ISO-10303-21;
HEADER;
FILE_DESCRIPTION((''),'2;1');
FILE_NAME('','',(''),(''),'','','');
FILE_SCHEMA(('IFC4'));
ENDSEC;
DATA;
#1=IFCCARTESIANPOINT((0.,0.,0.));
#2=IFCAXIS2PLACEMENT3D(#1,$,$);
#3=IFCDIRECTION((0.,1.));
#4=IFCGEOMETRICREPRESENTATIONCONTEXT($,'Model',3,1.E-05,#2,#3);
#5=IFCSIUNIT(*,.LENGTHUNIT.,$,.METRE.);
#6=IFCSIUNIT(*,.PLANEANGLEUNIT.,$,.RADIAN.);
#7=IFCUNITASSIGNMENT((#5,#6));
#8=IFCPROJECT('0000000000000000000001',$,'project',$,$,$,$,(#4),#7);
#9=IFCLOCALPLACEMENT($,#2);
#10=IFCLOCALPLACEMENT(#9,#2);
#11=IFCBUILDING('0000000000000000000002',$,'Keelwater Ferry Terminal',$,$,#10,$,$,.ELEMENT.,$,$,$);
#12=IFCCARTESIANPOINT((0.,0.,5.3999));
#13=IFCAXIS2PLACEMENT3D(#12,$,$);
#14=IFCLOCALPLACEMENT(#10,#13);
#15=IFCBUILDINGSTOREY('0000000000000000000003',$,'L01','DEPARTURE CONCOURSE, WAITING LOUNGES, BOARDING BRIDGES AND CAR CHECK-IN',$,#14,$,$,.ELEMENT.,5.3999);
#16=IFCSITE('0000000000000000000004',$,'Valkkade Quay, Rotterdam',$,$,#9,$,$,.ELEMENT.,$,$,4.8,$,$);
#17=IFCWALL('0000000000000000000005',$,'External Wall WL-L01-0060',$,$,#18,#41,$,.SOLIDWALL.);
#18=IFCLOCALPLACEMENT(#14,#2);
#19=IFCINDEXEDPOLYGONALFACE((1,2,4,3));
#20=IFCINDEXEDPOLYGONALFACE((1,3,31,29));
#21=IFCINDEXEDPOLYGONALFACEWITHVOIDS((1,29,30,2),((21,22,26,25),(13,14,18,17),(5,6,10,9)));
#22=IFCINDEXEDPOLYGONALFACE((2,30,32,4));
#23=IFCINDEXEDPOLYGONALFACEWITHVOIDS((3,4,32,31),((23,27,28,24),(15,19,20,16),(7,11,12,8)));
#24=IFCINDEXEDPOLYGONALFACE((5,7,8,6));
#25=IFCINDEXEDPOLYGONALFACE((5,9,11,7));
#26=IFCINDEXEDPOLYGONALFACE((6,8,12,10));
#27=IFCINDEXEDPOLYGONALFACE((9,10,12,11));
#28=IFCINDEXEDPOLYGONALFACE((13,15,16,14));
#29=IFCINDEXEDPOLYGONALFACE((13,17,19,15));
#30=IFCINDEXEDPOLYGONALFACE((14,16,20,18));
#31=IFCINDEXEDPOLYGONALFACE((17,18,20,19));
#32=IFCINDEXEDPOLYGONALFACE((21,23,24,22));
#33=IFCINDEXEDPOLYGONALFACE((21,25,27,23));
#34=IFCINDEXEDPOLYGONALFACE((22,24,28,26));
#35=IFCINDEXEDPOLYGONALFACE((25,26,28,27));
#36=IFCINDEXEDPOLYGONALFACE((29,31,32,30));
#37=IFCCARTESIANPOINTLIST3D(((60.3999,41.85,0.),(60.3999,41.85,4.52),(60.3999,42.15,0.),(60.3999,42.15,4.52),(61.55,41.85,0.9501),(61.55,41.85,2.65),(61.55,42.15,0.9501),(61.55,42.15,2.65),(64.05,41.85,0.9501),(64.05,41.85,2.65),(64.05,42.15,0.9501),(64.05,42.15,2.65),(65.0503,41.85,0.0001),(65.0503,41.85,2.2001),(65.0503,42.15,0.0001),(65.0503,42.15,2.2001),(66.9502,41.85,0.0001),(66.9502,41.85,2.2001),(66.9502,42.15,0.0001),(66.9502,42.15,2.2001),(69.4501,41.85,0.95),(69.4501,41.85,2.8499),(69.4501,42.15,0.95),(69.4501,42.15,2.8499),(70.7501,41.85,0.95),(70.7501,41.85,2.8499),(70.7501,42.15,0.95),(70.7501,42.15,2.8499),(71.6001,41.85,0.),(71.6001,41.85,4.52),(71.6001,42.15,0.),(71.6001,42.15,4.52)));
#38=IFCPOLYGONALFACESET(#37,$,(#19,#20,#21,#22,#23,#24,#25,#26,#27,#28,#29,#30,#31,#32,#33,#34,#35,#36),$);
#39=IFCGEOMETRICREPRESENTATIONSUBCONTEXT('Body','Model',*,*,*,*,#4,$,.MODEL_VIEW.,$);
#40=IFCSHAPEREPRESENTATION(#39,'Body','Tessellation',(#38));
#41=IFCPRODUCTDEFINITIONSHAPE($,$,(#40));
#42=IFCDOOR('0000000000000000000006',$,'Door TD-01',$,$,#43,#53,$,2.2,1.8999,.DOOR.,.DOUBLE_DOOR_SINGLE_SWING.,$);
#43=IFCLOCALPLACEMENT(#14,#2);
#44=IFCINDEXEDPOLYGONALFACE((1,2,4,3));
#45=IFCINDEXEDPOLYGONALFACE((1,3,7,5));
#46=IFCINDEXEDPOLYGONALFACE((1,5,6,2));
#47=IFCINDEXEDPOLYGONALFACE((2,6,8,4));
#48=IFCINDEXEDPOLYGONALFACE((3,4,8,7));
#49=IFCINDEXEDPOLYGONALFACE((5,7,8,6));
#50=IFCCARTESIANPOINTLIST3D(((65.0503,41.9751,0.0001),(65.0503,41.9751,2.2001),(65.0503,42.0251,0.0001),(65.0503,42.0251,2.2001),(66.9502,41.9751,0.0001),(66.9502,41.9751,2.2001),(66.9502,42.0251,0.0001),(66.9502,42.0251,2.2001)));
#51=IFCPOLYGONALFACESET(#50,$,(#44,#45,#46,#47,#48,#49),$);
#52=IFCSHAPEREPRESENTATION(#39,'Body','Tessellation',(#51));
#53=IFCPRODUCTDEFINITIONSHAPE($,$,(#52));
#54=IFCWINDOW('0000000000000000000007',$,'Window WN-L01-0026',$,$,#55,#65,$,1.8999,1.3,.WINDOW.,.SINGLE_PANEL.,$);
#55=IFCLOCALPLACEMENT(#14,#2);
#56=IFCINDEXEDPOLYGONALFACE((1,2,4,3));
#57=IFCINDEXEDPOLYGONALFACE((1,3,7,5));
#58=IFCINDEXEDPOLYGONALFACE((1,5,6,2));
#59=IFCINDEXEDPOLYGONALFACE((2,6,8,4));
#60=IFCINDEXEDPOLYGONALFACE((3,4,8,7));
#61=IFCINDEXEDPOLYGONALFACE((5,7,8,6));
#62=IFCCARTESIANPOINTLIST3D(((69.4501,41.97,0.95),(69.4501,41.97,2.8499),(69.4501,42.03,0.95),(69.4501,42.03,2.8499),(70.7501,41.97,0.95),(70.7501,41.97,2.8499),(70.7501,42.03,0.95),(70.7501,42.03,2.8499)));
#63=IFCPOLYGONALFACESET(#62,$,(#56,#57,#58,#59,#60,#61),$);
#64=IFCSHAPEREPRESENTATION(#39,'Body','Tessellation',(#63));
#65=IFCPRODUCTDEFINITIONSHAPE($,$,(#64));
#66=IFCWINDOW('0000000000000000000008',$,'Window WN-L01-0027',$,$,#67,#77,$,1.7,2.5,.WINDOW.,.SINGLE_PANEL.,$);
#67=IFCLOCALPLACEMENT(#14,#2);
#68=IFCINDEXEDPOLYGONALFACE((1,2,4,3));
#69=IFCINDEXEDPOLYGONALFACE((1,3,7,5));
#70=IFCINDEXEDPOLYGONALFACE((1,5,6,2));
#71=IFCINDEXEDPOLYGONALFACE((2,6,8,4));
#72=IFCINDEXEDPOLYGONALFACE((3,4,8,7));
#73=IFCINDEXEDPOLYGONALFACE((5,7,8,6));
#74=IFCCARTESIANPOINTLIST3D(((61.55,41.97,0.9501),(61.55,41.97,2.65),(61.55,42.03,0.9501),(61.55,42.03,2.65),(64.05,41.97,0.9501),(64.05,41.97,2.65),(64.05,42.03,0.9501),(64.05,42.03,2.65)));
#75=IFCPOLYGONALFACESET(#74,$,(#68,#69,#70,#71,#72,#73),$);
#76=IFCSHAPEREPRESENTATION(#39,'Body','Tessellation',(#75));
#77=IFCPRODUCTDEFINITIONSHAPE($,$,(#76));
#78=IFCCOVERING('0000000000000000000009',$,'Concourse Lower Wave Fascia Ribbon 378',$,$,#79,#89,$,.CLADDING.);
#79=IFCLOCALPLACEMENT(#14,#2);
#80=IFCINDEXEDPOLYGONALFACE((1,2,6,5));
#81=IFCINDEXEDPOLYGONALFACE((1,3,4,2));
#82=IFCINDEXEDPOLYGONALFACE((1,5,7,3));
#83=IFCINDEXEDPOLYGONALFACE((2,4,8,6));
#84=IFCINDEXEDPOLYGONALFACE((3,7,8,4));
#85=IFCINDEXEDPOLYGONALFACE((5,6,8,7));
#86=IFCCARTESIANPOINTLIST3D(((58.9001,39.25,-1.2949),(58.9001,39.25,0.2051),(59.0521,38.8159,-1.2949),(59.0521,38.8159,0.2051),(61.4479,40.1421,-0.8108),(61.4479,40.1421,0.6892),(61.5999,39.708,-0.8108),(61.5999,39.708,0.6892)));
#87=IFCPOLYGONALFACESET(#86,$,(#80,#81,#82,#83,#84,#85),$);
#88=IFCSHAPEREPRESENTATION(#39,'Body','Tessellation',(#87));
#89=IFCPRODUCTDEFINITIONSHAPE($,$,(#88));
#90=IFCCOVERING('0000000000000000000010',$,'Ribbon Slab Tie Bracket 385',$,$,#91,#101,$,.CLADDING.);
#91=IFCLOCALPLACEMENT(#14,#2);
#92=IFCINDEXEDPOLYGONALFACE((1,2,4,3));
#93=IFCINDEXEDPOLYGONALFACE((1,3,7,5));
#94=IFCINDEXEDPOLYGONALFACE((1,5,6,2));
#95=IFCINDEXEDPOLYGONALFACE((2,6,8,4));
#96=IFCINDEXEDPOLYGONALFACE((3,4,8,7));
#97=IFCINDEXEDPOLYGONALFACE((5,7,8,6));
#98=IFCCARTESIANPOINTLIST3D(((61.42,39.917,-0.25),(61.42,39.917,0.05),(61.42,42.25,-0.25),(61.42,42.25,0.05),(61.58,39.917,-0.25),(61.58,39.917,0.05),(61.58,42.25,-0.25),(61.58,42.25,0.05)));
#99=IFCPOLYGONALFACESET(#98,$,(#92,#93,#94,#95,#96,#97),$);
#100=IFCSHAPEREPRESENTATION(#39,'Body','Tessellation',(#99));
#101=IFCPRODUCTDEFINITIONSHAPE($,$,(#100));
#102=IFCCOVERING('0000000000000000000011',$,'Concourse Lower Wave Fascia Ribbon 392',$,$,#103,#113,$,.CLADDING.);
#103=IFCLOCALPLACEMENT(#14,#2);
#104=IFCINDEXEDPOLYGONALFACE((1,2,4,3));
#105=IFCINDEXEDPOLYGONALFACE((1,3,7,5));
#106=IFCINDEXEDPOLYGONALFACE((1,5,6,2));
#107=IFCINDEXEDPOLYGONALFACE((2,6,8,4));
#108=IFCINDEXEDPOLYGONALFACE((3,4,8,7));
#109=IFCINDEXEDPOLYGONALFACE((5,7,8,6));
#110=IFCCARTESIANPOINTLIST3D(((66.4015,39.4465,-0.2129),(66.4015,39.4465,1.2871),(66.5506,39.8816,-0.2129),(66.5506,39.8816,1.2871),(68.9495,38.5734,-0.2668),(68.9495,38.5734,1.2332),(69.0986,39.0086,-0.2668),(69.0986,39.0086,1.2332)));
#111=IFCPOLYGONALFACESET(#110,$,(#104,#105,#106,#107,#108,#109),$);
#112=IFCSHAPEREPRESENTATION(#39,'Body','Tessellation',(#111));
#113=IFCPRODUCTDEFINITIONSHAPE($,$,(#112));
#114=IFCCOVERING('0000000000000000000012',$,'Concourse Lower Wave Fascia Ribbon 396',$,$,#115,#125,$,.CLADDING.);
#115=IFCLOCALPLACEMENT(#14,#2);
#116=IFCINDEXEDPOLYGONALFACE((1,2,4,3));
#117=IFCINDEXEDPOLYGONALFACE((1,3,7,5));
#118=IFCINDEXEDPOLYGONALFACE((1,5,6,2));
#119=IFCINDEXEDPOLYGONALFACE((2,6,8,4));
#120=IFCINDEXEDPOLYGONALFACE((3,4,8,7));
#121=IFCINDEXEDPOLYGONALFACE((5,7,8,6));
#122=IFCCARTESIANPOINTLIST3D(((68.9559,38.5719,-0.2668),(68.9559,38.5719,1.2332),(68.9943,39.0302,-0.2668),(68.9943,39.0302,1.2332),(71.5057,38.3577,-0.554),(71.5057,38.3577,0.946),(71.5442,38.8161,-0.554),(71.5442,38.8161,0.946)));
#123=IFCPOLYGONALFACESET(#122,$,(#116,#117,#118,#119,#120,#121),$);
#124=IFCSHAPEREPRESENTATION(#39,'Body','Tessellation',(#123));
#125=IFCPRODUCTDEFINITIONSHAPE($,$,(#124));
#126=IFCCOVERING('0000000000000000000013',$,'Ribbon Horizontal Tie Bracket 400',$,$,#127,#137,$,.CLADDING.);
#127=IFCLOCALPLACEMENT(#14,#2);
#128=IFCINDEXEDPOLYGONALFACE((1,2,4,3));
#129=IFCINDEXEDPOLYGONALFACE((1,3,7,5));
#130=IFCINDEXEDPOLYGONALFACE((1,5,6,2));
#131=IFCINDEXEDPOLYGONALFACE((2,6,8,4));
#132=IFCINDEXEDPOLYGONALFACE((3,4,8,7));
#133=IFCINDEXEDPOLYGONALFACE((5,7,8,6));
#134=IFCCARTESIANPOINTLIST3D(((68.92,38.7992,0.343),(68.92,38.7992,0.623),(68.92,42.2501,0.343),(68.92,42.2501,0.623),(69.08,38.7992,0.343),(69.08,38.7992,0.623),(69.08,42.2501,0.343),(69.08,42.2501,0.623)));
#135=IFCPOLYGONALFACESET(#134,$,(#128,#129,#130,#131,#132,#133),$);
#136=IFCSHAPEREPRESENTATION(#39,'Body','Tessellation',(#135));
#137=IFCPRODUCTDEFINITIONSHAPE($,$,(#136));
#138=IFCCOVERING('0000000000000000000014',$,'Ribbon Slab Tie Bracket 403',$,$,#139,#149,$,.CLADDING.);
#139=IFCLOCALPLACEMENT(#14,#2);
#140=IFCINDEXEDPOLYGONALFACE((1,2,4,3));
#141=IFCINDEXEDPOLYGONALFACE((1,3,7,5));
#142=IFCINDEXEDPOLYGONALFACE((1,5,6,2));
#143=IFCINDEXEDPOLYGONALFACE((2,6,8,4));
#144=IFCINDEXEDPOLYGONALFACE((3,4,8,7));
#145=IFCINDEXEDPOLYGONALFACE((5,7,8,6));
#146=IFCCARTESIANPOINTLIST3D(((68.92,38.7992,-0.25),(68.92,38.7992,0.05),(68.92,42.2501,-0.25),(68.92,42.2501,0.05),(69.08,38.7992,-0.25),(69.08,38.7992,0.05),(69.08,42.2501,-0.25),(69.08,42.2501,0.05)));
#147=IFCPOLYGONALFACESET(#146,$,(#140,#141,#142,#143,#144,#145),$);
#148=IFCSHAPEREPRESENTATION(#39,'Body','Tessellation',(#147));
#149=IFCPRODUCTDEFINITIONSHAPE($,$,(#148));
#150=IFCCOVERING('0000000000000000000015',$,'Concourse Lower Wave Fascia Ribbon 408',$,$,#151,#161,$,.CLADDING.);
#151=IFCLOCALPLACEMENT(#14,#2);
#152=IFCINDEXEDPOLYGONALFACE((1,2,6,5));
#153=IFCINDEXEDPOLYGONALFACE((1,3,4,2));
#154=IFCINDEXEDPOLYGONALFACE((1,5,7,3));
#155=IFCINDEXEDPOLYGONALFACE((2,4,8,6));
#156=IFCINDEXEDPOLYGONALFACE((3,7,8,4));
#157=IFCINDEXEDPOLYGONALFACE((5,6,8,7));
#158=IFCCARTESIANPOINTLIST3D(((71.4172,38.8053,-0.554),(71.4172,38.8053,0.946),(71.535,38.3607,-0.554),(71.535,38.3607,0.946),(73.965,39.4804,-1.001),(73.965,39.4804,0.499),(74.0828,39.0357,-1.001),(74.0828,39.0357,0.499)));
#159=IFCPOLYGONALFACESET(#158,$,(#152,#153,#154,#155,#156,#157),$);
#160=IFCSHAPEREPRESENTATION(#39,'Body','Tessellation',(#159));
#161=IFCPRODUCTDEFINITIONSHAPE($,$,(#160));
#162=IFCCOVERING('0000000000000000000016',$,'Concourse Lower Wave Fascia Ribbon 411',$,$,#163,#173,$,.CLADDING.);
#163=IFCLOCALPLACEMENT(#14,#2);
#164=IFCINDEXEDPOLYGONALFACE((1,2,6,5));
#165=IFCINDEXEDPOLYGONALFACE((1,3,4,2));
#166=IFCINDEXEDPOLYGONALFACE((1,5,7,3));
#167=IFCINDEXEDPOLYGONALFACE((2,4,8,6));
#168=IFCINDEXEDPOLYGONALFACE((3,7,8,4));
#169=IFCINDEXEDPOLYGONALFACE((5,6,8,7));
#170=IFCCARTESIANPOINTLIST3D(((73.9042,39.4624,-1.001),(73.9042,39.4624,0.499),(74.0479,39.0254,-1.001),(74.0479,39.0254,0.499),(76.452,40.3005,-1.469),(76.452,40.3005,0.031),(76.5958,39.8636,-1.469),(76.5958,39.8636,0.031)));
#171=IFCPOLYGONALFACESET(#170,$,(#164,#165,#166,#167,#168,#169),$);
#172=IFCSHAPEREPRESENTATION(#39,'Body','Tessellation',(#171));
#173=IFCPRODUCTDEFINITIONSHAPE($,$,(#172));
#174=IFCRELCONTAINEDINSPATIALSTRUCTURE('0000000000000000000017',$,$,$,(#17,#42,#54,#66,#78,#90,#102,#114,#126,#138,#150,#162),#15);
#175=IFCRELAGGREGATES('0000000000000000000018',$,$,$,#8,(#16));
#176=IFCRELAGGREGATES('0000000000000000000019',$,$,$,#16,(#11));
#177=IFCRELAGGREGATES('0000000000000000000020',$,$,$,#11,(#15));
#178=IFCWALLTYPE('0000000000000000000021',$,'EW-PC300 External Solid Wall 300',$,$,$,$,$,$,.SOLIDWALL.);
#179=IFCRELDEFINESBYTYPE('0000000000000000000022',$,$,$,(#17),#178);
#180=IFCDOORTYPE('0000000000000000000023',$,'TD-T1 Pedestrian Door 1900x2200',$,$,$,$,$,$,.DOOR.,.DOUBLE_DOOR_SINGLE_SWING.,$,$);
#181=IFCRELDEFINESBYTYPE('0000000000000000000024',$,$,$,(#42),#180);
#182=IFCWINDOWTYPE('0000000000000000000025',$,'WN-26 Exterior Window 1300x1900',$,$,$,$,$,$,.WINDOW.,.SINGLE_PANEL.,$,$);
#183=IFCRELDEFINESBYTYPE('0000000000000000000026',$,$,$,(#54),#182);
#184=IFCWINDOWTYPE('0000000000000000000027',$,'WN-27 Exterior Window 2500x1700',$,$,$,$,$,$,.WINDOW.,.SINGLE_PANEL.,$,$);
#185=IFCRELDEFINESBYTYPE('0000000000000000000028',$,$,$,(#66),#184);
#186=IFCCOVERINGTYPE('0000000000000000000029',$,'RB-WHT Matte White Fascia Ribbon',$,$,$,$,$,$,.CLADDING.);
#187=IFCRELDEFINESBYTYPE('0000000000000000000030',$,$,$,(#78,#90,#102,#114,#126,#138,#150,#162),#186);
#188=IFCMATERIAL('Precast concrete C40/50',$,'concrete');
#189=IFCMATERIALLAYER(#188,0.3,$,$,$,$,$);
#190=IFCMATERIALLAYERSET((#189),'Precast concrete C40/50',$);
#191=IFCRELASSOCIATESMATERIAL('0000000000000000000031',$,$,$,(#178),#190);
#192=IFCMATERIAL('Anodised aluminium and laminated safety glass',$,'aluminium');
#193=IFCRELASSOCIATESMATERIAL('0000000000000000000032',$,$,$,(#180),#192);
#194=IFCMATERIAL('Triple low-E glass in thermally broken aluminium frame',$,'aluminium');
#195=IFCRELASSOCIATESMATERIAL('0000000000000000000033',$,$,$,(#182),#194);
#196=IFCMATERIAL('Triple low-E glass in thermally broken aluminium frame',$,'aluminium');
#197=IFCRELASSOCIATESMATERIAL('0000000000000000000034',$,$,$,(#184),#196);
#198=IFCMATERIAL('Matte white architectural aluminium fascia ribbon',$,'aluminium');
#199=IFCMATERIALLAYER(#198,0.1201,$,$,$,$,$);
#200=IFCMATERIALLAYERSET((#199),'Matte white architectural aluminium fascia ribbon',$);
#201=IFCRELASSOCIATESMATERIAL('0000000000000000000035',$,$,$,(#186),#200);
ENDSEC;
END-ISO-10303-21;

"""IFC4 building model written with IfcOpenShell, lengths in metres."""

from ifc_helpers import new_model, si_unit, direction, frame, frame_2d, origin, place, context, subcontext, project, spatial, polyline, rectangle, outline, extrude, material, layer, layer_set, type_object, element, fill, save


model = new_model("IFC4")

# Units and contexts
model_context = context("Model", 3, precision=1e-05, world=origin(), true_north=direction((0.0, 1.0)))
body_context = subcontext(model_context, "Body", "Model", "MODEL_VIEW")
ifc_project = project(units=[si_unit("LENGTHUNIT", "METRE"), si_unit("PLANEANGLEUNIT", "RADIAN")], contexts=[model_context])

# Site, building, storey
site_placement = place(None, origin())
site = spatial("IfcSite", under=ifc_project, at=site_placement, Name="Valkkade Quay, Rotterdam", CompositionType="ELEMENT", RefElevation=4.8)
building_placement = place(site_placement, origin())
building = spatial("IfcBuilding", under=site, at=building_placement, Name="Keelwater Ferry Terminal", CompositionType="ELEMENT")
storey_placement = place(building_placement, frame((0.0, 0.0, 5.3999)))
storey = spatial("IfcBuildingStorey", under=building, at=storey_placement, Name="L01", Description="DEPARTURE CONCOURSE, WAITING LOUNGES, BOARDING BRIDGES AND CAR CHECK-IN", CompositionType="ELEMENT", Elevation=5.3999)

# Wall, openings, door, windows
ifc_material_1 = material(Name="Precast concrete C40/50", Category="concrete")
ifc_layer_1 = layer(ifc_material_1, 0.3)
ifc_layer_set_1 = layer_set([ifc_layer_1], Name="Precast concrete C40/50")
wall_type = type_object("IfcWallType", Name="EW-PC300 External Solid Wall 300", PredefinedType="SOLIDWALL", material=ifc_layer_set_1)
wall_placement = place(storey_placement, frame((71.6001, 42.0, 0.0), z_axis=(0.0, 0.0, 1.0), x_axis=(-1.0, 0.0, 0.0)))
wall = element("IfcWall", 1, at=wall_placement, inside=storey, type_object=wall_type, Name="External Wall WL-L01-0060", PredefinedType="SOLIDWALL", context=body_context, shape_type="SweptSolid", body=[
    extrude(rectangle(XDim=11.2002, YDim=0.3, at=frame_2d((5.6001, 0.0))), origin(), (0.0, 0.0, 1.0), 4.52),
])
opening_1_placement = place(wall_placement, frame((4.6499, 0.0, 0.0)))
opening_1 = element("IfcOpeningElement", 2, at=opening_1_placement, cuts=wall, PredefinedType="OPENING", context=body_context, shape_type="SweptSolid", body=[
    extrude(rectangle(XDim=1.8999, YDim=2.2, at=frame_2d((0.95, 1.1001))), frame((0.0, 0.1599, 0.0), z_axis=(0.0, -1.0, 0.0), x_axis=(1.0, 0.0, 0.0)), (0.0, 0.0, 1.0), 0.3201),
])
opening_2_placement = place(wall_placement, frame((0.8501, 0.0, 0.95)))
opening_2 = element("IfcOpeningElement", 3, at=opening_2_placement, cuts=wall, PredefinedType="OPENING", context=body_context, shape_type="SweptSolid", body=[
    extrude(rectangle(XDim=1.3, YDim=1.8999, at=frame_2d((0.6499, 0.95))), frame((0.0, 0.1599, 0.0), z_axis=(0.0, -1.0, 0.0), x_axis=(1.0, 0.0, 0.0)), (0.0, 0.0, 1.0), 0.3201),
])
opening_3_placement = place(wall_placement, frame((7.55, 0.0, 0.95)))
opening_3 = element("IfcOpeningElement", 4, at=opening_3_placement, cuts=wall, PredefinedType="OPENING", context=body_context, shape_type="SweptSolid", body=[
    extrude(rectangle(XDim=2.5, YDim=1.7, at=frame_2d((1.25, 0.8501))), frame((0.0, 0.1599, 0.0), z_axis=(0.0, -1.0, 0.0), x_axis=(1.0, 0.0, 0.0)), (0.0, 0.0, 1.0), 0.3201),
])
ifc_material_2 = material(Name="Anodised aluminium and laminated safety glass", Category="aluminium")
door_type = type_object("IfcDoorType", Name="TD-T1 Pedestrian Door 1900x2200", OperationType="DOUBLE_DOOR_SINGLE_SWING", PredefinedType="DOOR", material=ifc_material_2)
door_placement = place(opening_1_placement, origin())
door = element("IfcDoor", 5, at=door_placement, inside=storey, type_object=door_type, Name="Door TD-01", OperationType="DOUBLE_DOOR_SINGLE_SWING", OverallHeight=2.2, OverallWidth=1.8999, PredefinedType="DOOR", context=body_context, shape_type="SweptSolid", body=[
    extrude(rectangle(XDim=1.8999, YDim=2.2, at=frame_2d((0.95, 1.1001))), frame((0.0, 0.0249, 0.0), z_axis=(0.0, -1.0, 0.0), x_axis=(1.0, 0.0, 0.0)), (0.0, 0.0, 1.0), 0.05),
])
fill(opening_1, door)
ifc_material_3 = material(Name="Triple low-E glass in thermally broken aluminium frame", Category="aluminium")
window_type_1 = type_object("IfcWindowType", Name="WN-26 Exterior Window 1300x1900", PartitioningType="SINGLE_PANEL", PredefinedType="WINDOW", material=ifc_material_3)
window_1_placement = place(opening_2_placement, origin())
window_1 = element("IfcWindow", 6, at=window_1_placement, inside=storey, type_object=window_type_1, Name="Window WN-L01-0026", OverallHeight=1.8999, OverallWidth=1.3, PartitioningType="SINGLE_PANEL", PredefinedType="WINDOW", context=body_context, shape_type="SweptSolid", body=[
    extrude(rectangle(XDim=1.3, YDim=1.8999, at=frame_2d((0.6499, 0.95))), frame((0.0, 0.03, 0.0), z_axis=(0.0, -1.0, 0.0), x_axis=(1.0, 0.0, 0.0)), (0.0, 0.0, 1.0), 0.0601),
])
fill(opening_2, window_1)
ifc_material_4 = material(Name="Triple low-E glass in thermally broken aluminium frame", Category="aluminium")
window_type_2 = type_object("IfcWindowType", Name="WN-27 Exterior Window 2500x1700", PartitioningType="SINGLE_PANEL", PredefinedType="WINDOW", material=ifc_material_4)
window_2_placement = place(opening_3_placement, origin())
window_2 = element("IfcWindow", 7, at=window_2_placement, inside=storey, type_object=window_type_2, Name="Window WN-L01-0027", OverallHeight=1.7, OverallWidth=2.5, PartitioningType="SINGLE_PANEL", PredefinedType="WINDOW", context=body_context, shape_type="SweptSolid", body=[
    extrude(rectangle(XDim=2.5, YDim=1.7, at=frame_2d((1.25, 0.8501))), frame((0.0, 0.03, 0.0), z_axis=(0.0, -1.0, 0.0), x_axis=(1.0, 0.0, 0.0)), (0.0, 0.0, 1.0), 0.0601),
])
fill(opening_3, window_2)

# Coverings
ifc_material_5 = material(Name="Matte white architectural aluminium fascia ribbon", Category="aluminium")
ifc_layer_2 = layer(ifc_material_5, 0.1201)
ifc_layer_set_2 = layer_set([ifc_layer_2], Name="Matte white architectural aluminium fascia ribbon")
covering_type = type_object("IfcCoveringType", Name="RB-WHT Matte White Fascia Ribbon", PredefinedType="CLADDING", material=ifc_layer_set_2)
covering_1_placement = place(storey_placement, frame((58.9761, 39.033, -1.2949), z_axis=(0.0, 0.0, 1.0), x_axis=(0.943819, 0.330463, 0.0)))
element("IfcCovering", 8, at=covering_1_placement, inside=storey, type_object=covering_type, Name="Concourse Lower Wave Fascia Ribbon 378", PredefinedType="CLADDING", context=body_context, shape_type="SweptSolid", body=[
    extrude(outline(polyline([(0.0, 0.0), (2.6995, 0.4841), (2.6995, 1.9841), (0.0, 1.5), (0.0, 0.0)])), frame((0.0, 0.23, 0.0), z_axis=(0.0, -1.0, 0.0), x_axis=(1.0, 0.0, 0.0)), (0.0, 0.0, 1.0), 0.46),
])
covering_2_placement = place(storey_placement, frame((61.5, 39.917, -0.25), z_axis=(0.0, 0.0, 1.0), x_axis=(0.0, 1.0, 0.0)))
element("IfcCovering", 9, at=covering_2_placement, inside=storey, type_object=covering_type, Name="Ribbon Slab Tie Bracket 385", PredefinedType="CLADDING", context=body_context, shape_type="SweptSolid", body=[
    extrude(rectangle(XDim=2.333, YDim=0.1599, at=frame_2d((1.1665, 0.0))), origin(), (0.0, 0.0, 1.0), 0.3),
])
covering_3_placement = place(storey_placement, frame((66.4761, 39.6641, -0.2668), z_axis=(0.0, 0.0, 1.0), x_axis=(0.946003, -0.324157, 0.0)))
element("IfcCovering", 10, at=covering_3_placement, inside=storey, type_object=covering_type, Name="Concourse Lower Wave Fascia Ribbon 392", PredefinedType="CLADDING", context=body_context, shape_type="SweptSolid", body=[
    extrude(outline(polyline([(0.0, 0.054), (2.6934, 0.0), (2.6934, 1.5), (0.0, 1.554), (0.0, 0.054)])), frame((0.0, 0.23, 0.0), z_axis=(0.0, -1.0, 0.0), x_axis=(1.0, 0.0, 0.0)), (0.0, 0.0, 1.0), 0.46),
])
covering_4_placement = place(storey_placement, frame((68.9751, 38.801, -0.554), z_axis=(0.0, 0.0, 1.0), x_axis=(0.996493, -0.083677, 0.0)))
element("IfcCovering", 11, at=covering_4_placement, inside=storey, type_object=covering_type, Name="Concourse Lower Wave Fascia Ribbon 396", PredefinedType="CLADDING", context=body_context, shape_type="SweptSolid", body=[
    extrude(outline(polyline([(0.0, 0.2871), (2.5588, 0.0), (2.5588, 1.5), (0.0, 1.7871), (0.0, 0.2871)])), frame((0.0, 0.23, 0.0), z_axis=(0.0, -1.0, 0.0), x_axis=(1.0, 0.0, 0.0)), (0.0, 0.0, 1.0), 0.46),
])
covering_5_placement = place(storey_placement, frame((69.0, 38.7991, 0.343), z_axis=(0.0, 0.0, 1.0), x_axis=(0.0, 1.0, 0.0)))
element("IfcCovering", 12, at=covering_5_placement, inside=storey, type_object=covering_type, Name="Ribbon Horizontal Tie Bracket 400", PredefinedType="CLADDING", context=body_context, shape_type="SweptSolid", body=[
    extrude(rectangle(XDim=3.4509, YDim=0.1599, at=frame_2d((1.7256, 0.0))), origin(), (0.0, 0.0, 1.0), 0.28),
])
covering_6_placement = place(storey_placement, frame((69.0, 38.7991, -0.25), z_axis=(0.0, 0.0, 1.0), x_axis=(0.0, 1.0, 0.0)))
element("IfcCovering", 13, at=covering_6_placement, inside=storey, type_object=covering_type, Name="Ribbon Slab Tie Bracket 403", PredefinedType="CLADDING", context=body_context, shape_type="SweptSolid", body=[
    extrude(rectangle(XDim=3.4509, YDim=0.1599, at=frame_2d((1.7256, 0.0))), origin(), (0.0, 0.0, 1.0), 0.3),
])
covering_7_placement = place(storey_placement, frame((71.4761, 38.583, -1.001), z_axis=(0.0, 0.0, 1.0), x_axis=(0.966647, 0.256112, 0.0)))
element("IfcCovering", 14, at=covering_7_placement, inside=storey, type_object=covering_type, Name="Concourse Lower Wave Fascia Ribbon 408", PredefinedType="CLADDING", context=body_context, shape_type="SweptSolid", body=[
    extrude(outline(polyline([(0.0, 0.447), (2.6357, 0.0), (2.6357, 1.5), (0.0, 1.947), (0.0, 0.447)])), frame((0.0, 0.23, 0.0), z_axis=(0.0, -1.0, 0.0), x_axis=(1.0, 0.0, 0.0)), (0.0, 0.0, 1.0), 0.46),
])
covering_8_placement = place(storey_placement, frame((73.9761, 39.2439, -1.469), z_axis=(0.0, 0.0, 1.0), x_axis=(0.949923, 0.312484, 0.0)))
element("IfcCovering", 15, at=covering_8_placement, inside=storey, type_object=covering_type, Name="Concourse Lower Wave Fascia Ribbon 411", PredefinedType="CLADDING", context=body_context, shape_type="SweptSolid", body=[
    extrude(outline(polyline([(0.0, 0.468), (2.6821, 0.0), (2.6821, 1.5), (0.0, 1.968), (0.0, 0.468)])), frame((0.0, 0.23, 0.0), z_axis=(0.0, -1.0, 0.0), x_axis=(1.0, 0.0, 0.0)), (0.0, 0.0, 1.0), 0.46),
])

save(model, "model.ifc")
